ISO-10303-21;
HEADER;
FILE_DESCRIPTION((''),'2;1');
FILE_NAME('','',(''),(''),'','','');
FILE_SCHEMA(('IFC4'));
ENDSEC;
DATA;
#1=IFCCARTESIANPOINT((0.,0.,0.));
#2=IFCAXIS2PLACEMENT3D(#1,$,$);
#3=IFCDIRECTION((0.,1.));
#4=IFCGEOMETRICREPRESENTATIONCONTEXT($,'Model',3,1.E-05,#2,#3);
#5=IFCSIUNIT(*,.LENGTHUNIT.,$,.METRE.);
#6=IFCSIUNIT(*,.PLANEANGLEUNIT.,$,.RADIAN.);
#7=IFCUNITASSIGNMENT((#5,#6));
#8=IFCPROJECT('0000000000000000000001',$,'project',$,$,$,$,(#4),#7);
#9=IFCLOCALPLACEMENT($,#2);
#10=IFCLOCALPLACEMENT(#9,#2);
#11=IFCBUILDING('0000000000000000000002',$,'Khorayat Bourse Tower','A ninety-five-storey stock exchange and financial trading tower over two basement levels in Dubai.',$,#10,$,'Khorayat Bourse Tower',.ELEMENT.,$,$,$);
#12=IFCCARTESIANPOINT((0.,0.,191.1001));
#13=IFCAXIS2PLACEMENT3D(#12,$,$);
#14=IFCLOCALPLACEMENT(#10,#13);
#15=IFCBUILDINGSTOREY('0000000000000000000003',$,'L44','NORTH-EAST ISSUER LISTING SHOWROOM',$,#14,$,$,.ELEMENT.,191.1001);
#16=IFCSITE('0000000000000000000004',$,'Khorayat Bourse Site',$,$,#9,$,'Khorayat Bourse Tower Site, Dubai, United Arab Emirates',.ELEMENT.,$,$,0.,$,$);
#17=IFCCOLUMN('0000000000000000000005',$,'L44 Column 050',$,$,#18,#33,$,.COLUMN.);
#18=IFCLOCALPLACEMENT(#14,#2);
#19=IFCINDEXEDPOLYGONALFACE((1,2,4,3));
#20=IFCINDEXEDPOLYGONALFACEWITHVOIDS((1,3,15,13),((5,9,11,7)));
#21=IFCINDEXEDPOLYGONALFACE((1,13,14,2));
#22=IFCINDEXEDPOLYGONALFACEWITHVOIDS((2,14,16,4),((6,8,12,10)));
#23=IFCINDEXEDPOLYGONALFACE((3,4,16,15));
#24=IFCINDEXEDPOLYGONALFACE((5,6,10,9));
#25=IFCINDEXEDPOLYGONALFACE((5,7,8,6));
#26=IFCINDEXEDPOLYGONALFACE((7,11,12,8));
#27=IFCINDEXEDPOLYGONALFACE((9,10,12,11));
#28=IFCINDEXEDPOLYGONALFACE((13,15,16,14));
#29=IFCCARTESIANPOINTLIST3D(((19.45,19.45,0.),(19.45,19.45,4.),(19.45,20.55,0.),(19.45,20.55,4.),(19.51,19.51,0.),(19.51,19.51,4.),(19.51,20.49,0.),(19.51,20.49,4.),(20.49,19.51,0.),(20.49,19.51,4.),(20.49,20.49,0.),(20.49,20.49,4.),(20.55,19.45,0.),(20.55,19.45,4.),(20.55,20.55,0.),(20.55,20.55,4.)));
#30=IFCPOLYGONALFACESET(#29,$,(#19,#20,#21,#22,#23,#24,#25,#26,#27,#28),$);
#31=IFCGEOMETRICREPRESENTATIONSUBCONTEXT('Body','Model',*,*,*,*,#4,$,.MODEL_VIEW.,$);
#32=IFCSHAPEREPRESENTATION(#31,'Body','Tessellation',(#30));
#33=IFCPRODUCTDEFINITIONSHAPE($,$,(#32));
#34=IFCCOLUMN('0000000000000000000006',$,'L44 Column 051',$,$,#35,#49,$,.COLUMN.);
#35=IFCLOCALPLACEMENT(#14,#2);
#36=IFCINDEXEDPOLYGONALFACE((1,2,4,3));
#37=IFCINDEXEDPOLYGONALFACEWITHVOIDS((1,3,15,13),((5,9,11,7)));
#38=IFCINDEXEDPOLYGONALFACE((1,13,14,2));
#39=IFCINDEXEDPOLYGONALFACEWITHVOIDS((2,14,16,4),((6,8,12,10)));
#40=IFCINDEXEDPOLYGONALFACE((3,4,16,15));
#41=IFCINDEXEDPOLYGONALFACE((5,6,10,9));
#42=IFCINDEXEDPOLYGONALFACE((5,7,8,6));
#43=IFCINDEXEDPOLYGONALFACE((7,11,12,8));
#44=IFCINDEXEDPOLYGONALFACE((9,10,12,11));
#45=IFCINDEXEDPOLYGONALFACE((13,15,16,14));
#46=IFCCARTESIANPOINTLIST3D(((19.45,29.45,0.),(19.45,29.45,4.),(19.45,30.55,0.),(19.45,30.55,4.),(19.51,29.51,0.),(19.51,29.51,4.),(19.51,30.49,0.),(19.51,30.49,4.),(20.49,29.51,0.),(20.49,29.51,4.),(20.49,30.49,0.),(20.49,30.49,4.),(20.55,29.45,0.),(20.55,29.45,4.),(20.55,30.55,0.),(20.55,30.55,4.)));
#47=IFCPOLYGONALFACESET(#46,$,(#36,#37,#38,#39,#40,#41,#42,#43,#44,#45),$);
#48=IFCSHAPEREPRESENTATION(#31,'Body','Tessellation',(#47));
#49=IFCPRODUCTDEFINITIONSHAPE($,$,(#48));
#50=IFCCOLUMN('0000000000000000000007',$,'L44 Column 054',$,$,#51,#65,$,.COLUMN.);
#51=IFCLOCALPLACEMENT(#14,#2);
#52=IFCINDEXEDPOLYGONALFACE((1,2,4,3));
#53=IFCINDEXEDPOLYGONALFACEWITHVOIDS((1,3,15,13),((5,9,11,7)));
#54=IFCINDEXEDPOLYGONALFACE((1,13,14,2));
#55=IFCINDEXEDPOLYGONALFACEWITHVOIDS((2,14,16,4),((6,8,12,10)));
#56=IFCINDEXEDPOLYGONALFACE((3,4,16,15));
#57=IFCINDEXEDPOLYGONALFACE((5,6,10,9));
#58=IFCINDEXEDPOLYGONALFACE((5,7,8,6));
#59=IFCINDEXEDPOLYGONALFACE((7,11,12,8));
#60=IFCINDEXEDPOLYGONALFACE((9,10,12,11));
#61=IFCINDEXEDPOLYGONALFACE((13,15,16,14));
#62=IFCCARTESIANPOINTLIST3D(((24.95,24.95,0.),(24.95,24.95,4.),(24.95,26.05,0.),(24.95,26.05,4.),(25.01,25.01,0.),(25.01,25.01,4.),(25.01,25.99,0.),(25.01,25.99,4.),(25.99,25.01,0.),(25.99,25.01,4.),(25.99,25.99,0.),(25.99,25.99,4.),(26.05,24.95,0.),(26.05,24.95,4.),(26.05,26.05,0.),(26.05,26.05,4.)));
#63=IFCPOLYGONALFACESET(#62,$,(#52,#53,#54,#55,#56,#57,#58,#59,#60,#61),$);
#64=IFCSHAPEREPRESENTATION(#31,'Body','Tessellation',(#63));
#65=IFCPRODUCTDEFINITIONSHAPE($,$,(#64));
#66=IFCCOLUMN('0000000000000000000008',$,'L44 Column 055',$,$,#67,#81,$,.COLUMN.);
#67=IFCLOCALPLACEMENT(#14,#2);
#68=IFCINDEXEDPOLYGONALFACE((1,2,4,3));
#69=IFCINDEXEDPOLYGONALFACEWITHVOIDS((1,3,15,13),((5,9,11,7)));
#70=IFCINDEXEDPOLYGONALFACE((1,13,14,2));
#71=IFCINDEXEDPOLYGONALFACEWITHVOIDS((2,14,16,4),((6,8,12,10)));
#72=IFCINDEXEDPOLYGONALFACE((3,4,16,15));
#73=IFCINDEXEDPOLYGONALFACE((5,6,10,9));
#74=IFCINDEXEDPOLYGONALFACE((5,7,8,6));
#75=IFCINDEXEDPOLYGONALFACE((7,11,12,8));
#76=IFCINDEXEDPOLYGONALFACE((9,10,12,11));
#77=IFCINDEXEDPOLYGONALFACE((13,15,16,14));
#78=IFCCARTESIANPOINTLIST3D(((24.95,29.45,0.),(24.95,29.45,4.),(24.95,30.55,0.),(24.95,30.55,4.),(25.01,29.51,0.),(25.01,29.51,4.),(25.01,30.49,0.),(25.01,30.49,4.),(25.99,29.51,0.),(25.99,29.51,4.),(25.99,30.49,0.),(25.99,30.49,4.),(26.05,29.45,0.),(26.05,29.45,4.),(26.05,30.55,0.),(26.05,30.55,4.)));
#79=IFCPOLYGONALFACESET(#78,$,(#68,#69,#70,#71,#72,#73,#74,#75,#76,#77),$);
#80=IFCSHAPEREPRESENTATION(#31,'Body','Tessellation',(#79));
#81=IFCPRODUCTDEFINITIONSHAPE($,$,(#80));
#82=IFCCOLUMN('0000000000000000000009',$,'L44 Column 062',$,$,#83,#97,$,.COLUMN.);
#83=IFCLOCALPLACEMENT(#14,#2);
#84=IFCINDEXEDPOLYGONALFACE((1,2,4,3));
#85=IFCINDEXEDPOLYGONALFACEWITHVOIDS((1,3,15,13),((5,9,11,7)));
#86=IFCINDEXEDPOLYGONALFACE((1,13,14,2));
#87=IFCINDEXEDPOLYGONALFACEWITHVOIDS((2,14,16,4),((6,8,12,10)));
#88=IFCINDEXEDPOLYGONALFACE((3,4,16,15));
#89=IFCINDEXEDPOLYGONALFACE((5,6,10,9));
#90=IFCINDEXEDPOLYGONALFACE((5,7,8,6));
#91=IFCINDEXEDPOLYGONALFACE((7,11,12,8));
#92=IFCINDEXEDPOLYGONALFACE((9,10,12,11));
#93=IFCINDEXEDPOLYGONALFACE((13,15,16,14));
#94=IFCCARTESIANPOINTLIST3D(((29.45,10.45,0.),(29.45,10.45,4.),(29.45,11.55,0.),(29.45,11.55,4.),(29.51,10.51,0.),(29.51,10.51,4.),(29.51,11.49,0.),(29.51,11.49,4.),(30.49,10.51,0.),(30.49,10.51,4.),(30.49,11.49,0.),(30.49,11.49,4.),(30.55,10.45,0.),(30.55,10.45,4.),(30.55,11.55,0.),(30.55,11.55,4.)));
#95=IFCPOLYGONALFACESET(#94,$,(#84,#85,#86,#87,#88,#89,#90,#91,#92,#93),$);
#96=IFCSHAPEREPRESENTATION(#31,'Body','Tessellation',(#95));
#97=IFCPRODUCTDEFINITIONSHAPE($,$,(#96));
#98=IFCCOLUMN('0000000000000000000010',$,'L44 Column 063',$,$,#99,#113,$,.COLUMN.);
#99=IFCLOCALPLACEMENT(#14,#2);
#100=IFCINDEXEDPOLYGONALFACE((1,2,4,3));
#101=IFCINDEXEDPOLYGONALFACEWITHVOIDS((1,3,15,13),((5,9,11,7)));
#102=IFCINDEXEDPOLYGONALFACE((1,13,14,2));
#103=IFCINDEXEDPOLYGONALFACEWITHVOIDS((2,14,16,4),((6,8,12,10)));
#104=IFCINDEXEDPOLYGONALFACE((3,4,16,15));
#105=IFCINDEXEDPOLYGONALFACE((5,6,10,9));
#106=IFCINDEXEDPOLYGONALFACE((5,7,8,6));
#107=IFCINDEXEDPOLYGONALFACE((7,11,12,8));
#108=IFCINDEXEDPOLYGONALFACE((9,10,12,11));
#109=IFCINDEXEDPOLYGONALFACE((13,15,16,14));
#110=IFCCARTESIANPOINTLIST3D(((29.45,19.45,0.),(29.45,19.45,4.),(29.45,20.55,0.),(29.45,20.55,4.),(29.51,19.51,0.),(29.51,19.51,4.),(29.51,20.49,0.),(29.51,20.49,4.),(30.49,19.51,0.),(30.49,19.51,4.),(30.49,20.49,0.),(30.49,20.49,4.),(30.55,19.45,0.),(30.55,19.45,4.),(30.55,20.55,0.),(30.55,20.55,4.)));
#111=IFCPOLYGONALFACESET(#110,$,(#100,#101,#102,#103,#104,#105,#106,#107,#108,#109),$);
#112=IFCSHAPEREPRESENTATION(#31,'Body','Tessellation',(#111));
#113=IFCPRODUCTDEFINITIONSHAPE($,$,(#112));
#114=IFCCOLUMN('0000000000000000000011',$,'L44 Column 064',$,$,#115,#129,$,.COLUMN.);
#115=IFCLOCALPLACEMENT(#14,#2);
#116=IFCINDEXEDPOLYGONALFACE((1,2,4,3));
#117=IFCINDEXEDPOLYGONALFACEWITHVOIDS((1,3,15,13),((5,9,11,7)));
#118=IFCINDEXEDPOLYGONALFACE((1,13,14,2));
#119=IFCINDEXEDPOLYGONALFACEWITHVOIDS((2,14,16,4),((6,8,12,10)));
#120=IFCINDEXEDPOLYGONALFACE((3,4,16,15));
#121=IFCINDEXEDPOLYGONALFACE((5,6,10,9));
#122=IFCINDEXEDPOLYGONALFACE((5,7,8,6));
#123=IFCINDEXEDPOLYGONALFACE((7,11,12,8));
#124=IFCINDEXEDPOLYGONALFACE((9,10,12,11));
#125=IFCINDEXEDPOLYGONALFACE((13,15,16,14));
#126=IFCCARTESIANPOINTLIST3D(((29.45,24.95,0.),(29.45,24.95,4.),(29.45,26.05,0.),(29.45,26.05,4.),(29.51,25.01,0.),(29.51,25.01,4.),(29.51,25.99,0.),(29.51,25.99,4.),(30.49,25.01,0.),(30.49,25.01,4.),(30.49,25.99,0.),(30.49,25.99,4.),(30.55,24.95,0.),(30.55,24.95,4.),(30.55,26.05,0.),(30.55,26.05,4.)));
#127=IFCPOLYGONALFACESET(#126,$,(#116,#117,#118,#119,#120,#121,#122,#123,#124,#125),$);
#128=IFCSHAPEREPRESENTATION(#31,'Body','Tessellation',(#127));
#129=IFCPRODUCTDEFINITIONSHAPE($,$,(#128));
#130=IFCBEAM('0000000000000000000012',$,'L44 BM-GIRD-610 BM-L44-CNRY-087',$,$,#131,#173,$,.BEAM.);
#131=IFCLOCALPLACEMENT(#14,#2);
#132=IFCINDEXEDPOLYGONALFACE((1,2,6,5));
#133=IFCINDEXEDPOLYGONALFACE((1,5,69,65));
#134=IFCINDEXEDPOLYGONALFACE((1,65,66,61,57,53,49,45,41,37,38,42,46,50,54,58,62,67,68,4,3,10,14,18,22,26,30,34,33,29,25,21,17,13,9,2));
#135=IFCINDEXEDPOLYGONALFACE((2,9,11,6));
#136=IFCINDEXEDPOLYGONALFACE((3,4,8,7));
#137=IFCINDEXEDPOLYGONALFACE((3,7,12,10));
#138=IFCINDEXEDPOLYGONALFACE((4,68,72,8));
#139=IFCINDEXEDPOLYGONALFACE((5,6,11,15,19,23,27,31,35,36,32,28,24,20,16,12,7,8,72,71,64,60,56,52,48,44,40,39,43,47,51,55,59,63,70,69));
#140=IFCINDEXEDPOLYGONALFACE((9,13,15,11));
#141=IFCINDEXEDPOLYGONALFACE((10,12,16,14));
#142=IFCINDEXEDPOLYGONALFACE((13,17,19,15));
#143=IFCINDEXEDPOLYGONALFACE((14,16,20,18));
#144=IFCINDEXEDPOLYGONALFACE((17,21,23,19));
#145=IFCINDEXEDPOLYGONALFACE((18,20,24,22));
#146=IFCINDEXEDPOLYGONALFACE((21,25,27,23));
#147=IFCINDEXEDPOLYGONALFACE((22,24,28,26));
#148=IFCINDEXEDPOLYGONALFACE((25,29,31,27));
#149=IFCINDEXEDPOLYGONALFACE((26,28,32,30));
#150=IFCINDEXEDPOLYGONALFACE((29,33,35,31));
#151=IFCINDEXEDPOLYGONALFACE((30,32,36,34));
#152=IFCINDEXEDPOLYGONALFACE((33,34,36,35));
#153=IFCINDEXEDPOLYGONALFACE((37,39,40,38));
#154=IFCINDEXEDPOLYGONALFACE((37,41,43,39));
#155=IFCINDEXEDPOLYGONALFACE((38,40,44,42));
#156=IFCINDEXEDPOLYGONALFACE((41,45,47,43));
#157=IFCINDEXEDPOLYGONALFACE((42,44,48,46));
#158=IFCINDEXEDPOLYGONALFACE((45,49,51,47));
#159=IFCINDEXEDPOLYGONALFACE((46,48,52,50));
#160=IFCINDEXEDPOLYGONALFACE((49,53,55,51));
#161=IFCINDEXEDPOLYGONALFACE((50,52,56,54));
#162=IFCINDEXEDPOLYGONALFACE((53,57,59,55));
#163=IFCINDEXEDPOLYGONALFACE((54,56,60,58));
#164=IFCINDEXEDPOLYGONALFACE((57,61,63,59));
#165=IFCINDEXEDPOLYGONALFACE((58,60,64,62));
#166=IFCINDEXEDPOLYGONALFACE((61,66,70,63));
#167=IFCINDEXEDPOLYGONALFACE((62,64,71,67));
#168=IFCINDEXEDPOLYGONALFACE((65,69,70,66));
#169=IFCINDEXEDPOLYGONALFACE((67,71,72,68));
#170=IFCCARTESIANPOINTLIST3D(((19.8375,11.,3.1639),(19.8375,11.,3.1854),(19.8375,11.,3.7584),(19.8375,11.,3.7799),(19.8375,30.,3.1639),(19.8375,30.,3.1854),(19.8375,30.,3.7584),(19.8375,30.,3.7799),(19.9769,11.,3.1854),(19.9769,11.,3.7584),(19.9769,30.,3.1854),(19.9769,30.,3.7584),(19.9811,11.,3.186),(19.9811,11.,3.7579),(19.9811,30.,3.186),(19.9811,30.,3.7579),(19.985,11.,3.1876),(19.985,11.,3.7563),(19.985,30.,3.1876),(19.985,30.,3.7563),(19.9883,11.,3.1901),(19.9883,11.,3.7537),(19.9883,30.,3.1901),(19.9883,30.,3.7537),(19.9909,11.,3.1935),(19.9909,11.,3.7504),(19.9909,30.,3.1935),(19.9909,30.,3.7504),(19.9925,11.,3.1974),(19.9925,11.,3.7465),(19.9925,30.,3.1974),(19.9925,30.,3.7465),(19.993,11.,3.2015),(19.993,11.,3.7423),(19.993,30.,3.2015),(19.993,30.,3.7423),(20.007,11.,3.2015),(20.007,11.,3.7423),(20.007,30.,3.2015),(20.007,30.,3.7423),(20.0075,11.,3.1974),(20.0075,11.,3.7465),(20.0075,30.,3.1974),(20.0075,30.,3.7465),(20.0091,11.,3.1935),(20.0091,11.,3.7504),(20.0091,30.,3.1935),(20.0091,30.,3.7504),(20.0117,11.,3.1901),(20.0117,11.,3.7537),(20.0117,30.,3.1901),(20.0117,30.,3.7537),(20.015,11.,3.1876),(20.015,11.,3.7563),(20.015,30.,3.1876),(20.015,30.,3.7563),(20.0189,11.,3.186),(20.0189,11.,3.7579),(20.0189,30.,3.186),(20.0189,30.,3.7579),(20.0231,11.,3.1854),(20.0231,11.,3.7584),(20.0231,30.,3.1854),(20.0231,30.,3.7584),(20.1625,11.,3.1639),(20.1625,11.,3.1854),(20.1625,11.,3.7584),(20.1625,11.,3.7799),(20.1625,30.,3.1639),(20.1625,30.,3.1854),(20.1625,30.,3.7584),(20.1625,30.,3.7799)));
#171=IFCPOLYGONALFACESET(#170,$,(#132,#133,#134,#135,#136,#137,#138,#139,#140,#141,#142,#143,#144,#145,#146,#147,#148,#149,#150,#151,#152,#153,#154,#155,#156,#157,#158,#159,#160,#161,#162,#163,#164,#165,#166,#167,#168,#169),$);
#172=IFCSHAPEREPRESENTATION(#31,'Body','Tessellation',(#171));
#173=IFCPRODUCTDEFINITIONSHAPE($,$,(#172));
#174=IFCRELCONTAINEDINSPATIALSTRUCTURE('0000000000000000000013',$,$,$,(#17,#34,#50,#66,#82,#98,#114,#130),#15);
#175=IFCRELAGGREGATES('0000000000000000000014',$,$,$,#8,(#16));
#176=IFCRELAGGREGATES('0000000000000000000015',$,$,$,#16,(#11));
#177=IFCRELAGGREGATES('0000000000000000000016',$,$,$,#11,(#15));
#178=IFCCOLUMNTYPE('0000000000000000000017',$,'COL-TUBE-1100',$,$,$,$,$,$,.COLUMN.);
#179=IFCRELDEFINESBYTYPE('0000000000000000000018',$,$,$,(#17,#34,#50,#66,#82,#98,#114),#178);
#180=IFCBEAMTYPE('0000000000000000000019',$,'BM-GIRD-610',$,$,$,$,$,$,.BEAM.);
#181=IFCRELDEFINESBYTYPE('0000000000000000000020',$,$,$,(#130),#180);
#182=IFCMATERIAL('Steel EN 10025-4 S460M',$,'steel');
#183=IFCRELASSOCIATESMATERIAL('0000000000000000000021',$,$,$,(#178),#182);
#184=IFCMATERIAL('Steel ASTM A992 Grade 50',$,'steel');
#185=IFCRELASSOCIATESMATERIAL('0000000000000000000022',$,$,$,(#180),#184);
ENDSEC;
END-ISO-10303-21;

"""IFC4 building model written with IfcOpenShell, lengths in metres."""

from ifc_helpers import new_model, si_unit, direction, frame, origin, origin_2d, place, context, subcontext, project, spatial, hollow_rectangle, i_section, extrude, source, transform, mapped, material, material_profile, profile_set, type_object, element, save


model = new_model("IFC4")

# Units and contexts
model_context = context("Model", 3, precision=1e-05, world=origin(), true_north=direction((0.0, 1.0)))
body_context = subcontext(model_context, "Body", "Model", "MODEL_VIEW")
ifc_project = project(units=[si_unit("LENGTHUNIT", "METRE"), si_unit("PLANEANGLEUNIT", "RADIAN")], contexts=[model_context])

# Site, building, storey
site_placement = place(None, origin())
site = spatial("IfcSite", under=ifc_project, at=site_placement, Name="Khorayat Bourse Site", LongName="Khorayat Bourse Tower Site, Dubai, United Arab Emirates", CompositionType="ELEMENT", RefElevation=0.0)
building_placement = place(site_placement, origin())
building = spatial("IfcBuilding", under=site, at=building_placement, Name="Khorayat Bourse Tower", Description="A ninety-five-storey stock exchange and financial trading tower over two basement levels in Dubai.", LongName="Khorayat Bourse Tower", CompositionType="ELEMENT")
storey_placement = place(building_placement, frame((0.0, 0.0, 191.1001)))
storey = spatial("IfcBuildingStorey", under=building, at=storey_placement, Name="L44", Description="NORTH-EAST ISSUER LISTING SHOWROOM", CompositionType="ELEMENT", Elevation=191.1001)

# Columns
ifc_material_1 = material(Name="Steel EN 10025-4 S460M", Category="steel")
ifc_material_profile_1 = material_profile(ifc_material_1, hollow_rectangle(XDim=1.1001, YDim=1.1001, WallThickness=0.0601, at=origin_2d()), Name="BOX 1100x1100x60")
ifc_profile_set_1 = profile_set([ifc_material_profile_1], Name="Steel EN 10025-4 S460M")
column_type = type_object("IfcColumnType", Name="COL-TUBE-1100", PredefinedType="COLUMN", material=ifc_profile_set_1)
shared_shape_1 = source(origin(), body_context, "Body", "SweptSolid", [
    extrude(hollow_rectangle(XDim=1.1001, YDim=1.1001, WallThickness=0.0601, at=origin_2d()), origin(), (0.0, 0.0, 1.0), 4.0),
])
for number, where, z_axis, x_axis, name in (
    (1, (20.0, 20.0, 0.0), (0.0, 0.0, 1.0), (1.0, 0.0, 0.0), "L44 Column 050"),
    (2, (20.0, 30.0, 0.0), (0.0, 0.0, 1.0), (1.0, 0.0, 0.0), "L44 Column 051"),
    (3, (25.5, 25.5, 0.0), (0.0, 0.0, 1.0), (1.0, 0.0, 0.0), "L44 Column 054"),
    (4, (25.5, 30.0, 0.0), (0.0, 0.0, 1.0), (1.0, 0.0, 0.0), "L44 Column 055"),
    (5, (30.0, 11.0, 0.0), (0.0, 0.0, 1.0), (1.0, 0.0, 0.0), "L44 Column 062"),
    (6, (30.0, 20.0, 0.0), (0.0, 0.0, 1.0), (1.0, 0.0, 0.0), "L44 Column 063"),
    (7, (30.0, 25.5, 0.0), (0.0, 0.0, 1.0), (1.0, 0.0, 0.0), "L44 Column 064"),
):
    element("IfcColumn", number, at=place(storey_placement, frame(where, z_axis=z_axis, x_axis=x_axis)), inside=storey, type_object=column_type, Name=name, PredefinedType="COLUMN", context=body_context, shape_type="MappedRepresentation", body=[
        mapped(shared_shape_1, transform((0.0, 0.0, 0.0), scale=1.0)),
    ])

# Beam
ifc_material_2 = material(Name="Steel ASTM A992 Grade 50", Category="steel")
ifc_material_profile_2 = material_profile(ifc_material_2, i_section(OverallWidth=0.325, OverallDepth=0.616, WebThickness=0.0139, FlangeThickness=0.0215, FilletRadius=0.0161, at=origin_2d()), Name="W610X174")
ifc_profile_set_2 = profile_set([ifc_material_profile_2], Name="Steel ASTM A992 Grade 50")
beam_type_1 = type_object("IfcBeamType", Name="BM-GIRD-610", PredefinedType="BEAM", material=ifc_profile_set_2)
shared_shape_2 = source(origin(), body_context, "Body", "SweptSolid", [
    extrude(i_section(OverallWidth=0.325, OverallDepth=0.616, WebThickness=0.0139, FlangeThickness=0.0215, FilletRadius=0.0161, at=origin_2d()), origin(), (0.0, 0.0, 1.0), 19.0),
])
beam_1_placement = place(storey_placement, frame((20.0, 11.0, 3.4719), z_axis=(0.0, 1.0, 0.0), x_axis=(-1.0, 0.0, 0.0)))
element("IfcBeam", 8, at=beam_1_placement, inside=storey, type_object=beam_type_1, Name="L44 BM-GIRD-610 BM-L44-CNRY-087", PredefinedType="BEAM", context=body_context, shape_type="MappedRepresentation", body=[
    mapped(shared_shape_2, transform((0.0, 0.0, 0.0), scale=1.0)),
])

save(model, "model.ifc")
